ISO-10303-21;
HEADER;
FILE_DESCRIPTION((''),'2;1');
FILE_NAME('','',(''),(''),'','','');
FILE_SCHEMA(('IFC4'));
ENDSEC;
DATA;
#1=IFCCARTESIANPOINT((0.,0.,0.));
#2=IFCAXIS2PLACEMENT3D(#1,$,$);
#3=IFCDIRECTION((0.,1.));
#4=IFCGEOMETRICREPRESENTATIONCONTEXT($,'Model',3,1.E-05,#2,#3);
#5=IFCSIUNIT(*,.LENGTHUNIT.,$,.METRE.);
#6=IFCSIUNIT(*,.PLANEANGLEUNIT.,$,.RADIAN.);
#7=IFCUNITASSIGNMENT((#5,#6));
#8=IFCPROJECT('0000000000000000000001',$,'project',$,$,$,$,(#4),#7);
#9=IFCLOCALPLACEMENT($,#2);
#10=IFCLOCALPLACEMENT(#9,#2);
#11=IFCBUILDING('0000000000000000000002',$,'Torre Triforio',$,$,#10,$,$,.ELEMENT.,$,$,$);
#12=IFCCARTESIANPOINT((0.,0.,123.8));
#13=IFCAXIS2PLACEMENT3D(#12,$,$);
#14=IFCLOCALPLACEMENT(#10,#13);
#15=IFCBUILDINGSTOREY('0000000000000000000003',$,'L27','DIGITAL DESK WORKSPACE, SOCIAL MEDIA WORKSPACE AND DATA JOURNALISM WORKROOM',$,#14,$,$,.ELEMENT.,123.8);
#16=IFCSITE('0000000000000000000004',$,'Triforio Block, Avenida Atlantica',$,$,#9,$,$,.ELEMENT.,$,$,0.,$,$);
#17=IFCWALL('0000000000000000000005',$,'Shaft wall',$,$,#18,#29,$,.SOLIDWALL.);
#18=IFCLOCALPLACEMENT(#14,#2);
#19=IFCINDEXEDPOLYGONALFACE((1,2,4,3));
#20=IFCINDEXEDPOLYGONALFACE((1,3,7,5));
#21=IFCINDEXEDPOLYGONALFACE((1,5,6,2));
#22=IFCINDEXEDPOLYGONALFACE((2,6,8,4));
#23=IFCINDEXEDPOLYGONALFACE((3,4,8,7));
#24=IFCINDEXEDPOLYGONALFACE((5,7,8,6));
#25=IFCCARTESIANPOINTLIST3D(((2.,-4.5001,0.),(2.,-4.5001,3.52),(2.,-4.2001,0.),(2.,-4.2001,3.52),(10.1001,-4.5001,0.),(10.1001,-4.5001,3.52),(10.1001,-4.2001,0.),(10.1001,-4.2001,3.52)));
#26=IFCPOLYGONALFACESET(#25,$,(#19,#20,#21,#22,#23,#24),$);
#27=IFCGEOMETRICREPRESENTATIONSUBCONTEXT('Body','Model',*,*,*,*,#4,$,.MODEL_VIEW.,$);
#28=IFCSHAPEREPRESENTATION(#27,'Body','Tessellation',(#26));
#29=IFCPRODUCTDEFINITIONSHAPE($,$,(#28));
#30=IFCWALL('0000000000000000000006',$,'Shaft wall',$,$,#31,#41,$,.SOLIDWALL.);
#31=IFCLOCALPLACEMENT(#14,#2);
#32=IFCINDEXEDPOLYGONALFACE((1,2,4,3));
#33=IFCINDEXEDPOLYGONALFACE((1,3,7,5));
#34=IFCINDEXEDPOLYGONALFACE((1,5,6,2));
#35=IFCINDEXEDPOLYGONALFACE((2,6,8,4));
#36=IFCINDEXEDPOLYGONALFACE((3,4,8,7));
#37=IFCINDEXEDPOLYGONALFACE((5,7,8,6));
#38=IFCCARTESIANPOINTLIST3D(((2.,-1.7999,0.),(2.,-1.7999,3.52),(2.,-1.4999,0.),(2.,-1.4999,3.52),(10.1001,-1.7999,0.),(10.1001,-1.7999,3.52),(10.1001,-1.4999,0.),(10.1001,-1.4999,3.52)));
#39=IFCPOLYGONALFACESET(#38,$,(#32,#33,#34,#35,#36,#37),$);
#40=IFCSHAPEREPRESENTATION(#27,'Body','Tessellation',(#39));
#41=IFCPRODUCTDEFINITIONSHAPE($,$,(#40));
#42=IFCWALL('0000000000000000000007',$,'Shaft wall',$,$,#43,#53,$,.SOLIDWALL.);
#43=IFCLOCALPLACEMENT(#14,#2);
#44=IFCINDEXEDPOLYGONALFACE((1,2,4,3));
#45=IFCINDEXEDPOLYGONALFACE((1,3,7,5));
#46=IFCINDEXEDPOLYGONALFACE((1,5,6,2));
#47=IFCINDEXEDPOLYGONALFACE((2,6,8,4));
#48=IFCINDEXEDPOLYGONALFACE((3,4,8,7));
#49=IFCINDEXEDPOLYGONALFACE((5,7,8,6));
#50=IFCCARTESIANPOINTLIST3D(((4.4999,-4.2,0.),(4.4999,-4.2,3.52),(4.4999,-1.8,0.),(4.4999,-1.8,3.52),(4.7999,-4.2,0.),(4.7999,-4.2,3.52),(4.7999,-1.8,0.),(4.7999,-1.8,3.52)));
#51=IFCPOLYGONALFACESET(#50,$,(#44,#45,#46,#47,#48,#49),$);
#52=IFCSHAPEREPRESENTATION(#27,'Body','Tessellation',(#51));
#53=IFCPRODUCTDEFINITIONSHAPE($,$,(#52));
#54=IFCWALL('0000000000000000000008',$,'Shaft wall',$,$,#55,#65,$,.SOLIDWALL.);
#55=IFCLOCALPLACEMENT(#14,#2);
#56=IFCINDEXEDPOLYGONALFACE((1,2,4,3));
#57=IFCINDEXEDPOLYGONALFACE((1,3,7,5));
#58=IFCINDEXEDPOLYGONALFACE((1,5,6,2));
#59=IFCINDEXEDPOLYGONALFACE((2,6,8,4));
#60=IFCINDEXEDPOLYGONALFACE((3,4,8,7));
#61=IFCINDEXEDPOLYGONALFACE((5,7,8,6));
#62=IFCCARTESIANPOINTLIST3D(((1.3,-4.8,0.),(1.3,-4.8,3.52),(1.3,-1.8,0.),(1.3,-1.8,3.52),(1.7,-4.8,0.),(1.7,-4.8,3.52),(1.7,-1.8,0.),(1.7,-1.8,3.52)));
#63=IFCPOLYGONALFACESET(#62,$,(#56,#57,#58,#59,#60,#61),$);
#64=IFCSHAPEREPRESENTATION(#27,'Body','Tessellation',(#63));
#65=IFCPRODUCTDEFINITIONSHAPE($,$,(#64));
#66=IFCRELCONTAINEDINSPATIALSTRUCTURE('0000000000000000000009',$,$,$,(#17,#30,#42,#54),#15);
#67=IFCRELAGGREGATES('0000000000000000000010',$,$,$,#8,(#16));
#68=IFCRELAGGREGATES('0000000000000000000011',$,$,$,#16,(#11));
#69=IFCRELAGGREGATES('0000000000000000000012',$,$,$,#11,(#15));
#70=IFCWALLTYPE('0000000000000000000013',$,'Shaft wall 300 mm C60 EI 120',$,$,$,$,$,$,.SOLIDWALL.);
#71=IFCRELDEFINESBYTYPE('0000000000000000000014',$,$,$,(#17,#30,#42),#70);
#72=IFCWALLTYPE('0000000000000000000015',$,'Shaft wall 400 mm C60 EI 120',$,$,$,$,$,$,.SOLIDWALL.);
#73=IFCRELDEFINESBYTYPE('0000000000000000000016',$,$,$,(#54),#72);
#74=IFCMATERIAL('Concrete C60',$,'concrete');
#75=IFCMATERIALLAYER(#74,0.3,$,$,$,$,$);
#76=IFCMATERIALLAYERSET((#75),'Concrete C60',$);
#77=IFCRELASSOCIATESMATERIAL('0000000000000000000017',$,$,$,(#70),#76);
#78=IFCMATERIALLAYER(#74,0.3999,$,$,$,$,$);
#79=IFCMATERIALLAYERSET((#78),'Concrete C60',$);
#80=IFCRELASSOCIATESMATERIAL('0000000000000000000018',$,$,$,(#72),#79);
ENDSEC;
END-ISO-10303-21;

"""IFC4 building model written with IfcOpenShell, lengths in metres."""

from ifc_helpers import new_model, si_unit, direction, frame, frame_2d, origin, place, context, subcontext, project, spatial, rectangle, extrude, material, layer, layer_set, type_object, element, save


model = new_model("IFC4")

# Units and contexts
model_context = context("Model", 3, precision=1e-05, world=origin(), true_north=direction((0.0, 1.0)))
body_context = subcontext(model_context, "Body", "Model", "MODEL_VIEW")
ifc_project = project(units=[si_unit("LENGTHUNIT", "METRE"), si_unit("PLANEANGLEUNIT", "RADIAN")], contexts=[model_context])

# Site, building, storey
site_placement = place(None, origin())
site = spatial("IfcSite", under=ifc_project, at=site_placement, Name="Triforio Block, Avenida Atlantica", CompositionType="ELEMENT", RefElevation=0.0)
building_placement = place(site_placement, origin())
building = spatial("IfcBuilding", under=site, at=building_placement, Name="Torre Triforio", CompositionType="ELEMENT")
storey_placement = place(building_placement, frame((0.0, 0.0, 123.8)))
storey = spatial("IfcBuildingStorey", under=building, at=storey_placement, Name="L27", Description="DIGITAL DESK WORKSPACE, SOCIAL MEDIA WORKSPACE AND DATA JOURNALISM WORKROOM", CompositionType="ELEMENT", Elevation=123.8)

# Shared definitions
ifc_material_1 = material(Name="Concrete C60", Category="concrete")

# Walls
ifc_layer_1 = layer(ifc_material_1, 0.3)
ifc_layer_set_1 = layer_set([ifc_layer_1], Name="Concrete C60")
wall_type_1 = type_object("IfcWallType", Name="Shaft wall 300 mm C60 EI 120", PredefinedType="SOLIDWALL", material=ifc_layer_set_1)
for number, where, z_axis, x_axis, name in (
    (1, (2.0, -4.3501, 0.0), (0.0, 0.0, 1.0), (1.0, 0.0, 0.0), "Shaft wall"),
    (2, (2.0, -1.6499, 0.0), (0.0, 0.0, 1.0), (1.0, 0.0, 0.0), "Shaft wall"),
):
    element("IfcWall", number, at=place(storey_placement, frame(where, z_axis=z_axis, x_axis=x_axis)), inside=storey, type_object=wall_type_1, Name=name, PredefinedType="SOLIDWALL", context=body_context, shape_type="SweptSolid", body=[
        extrude(rectangle(XDim=8.1001, YDim=0.3, at=frame_2d((4.05, 0.0))), origin(), (0.0, 0.0, 1.0), 3.52),
    ])
wall_1_placement = place(storey_placement, frame((4.6499, -4.2, 0.0), z_axis=(0.0, 0.0, 1.0), x_axis=(0.0, 1.0, 0.0)))
element("IfcWall", 3, at=wall_1_placement, inside=storey, type_object=wall_type_1, Name="Shaft wall", PredefinedType="SOLIDWALL", context=body_context, shape_type="SweptSolid", body=[
    extrude(rectangle(XDim=2.3999, YDim=0.3, at=frame_2d((1.2, 0.0))), origin(), (0.0, 0.0, 1.0), 3.52),
])
ifc_layer_2 = layer(ifc_material_1, 0.3999)
ifc_layer_set_2 = layer_set([ifc_layer_2], Name="Concrete C60")
wall_type_2 = type_object("IfcWallType", Name="Shaft wall 400 mm C60 EI 120", PredefinedType="SOLIDWALL", material=ifc_layer_set_2)
wall_2_placement = place(storey_placement, frame((1.5, -4.8, 0.0), z_axis=(0.0, 0.0, 1.0), x_axis=(0.0, 1.0, 0.0)))
element("IfcWall", 4, at=wall_2_placement, inside=storey, type_object=wall_type_2, Name="Shaft wall", PredefinedType="SOLIDWALL", context=body_context, shape_type="SweptSolid", body=[
    extrude(rectangle(XDim=3.0, YDim=0.3999, at=frame_2d((1.5, 0.0))), origin(), (0.0, 0.0, 1.0), 3.52),
])

save(model, "model.ifc")
